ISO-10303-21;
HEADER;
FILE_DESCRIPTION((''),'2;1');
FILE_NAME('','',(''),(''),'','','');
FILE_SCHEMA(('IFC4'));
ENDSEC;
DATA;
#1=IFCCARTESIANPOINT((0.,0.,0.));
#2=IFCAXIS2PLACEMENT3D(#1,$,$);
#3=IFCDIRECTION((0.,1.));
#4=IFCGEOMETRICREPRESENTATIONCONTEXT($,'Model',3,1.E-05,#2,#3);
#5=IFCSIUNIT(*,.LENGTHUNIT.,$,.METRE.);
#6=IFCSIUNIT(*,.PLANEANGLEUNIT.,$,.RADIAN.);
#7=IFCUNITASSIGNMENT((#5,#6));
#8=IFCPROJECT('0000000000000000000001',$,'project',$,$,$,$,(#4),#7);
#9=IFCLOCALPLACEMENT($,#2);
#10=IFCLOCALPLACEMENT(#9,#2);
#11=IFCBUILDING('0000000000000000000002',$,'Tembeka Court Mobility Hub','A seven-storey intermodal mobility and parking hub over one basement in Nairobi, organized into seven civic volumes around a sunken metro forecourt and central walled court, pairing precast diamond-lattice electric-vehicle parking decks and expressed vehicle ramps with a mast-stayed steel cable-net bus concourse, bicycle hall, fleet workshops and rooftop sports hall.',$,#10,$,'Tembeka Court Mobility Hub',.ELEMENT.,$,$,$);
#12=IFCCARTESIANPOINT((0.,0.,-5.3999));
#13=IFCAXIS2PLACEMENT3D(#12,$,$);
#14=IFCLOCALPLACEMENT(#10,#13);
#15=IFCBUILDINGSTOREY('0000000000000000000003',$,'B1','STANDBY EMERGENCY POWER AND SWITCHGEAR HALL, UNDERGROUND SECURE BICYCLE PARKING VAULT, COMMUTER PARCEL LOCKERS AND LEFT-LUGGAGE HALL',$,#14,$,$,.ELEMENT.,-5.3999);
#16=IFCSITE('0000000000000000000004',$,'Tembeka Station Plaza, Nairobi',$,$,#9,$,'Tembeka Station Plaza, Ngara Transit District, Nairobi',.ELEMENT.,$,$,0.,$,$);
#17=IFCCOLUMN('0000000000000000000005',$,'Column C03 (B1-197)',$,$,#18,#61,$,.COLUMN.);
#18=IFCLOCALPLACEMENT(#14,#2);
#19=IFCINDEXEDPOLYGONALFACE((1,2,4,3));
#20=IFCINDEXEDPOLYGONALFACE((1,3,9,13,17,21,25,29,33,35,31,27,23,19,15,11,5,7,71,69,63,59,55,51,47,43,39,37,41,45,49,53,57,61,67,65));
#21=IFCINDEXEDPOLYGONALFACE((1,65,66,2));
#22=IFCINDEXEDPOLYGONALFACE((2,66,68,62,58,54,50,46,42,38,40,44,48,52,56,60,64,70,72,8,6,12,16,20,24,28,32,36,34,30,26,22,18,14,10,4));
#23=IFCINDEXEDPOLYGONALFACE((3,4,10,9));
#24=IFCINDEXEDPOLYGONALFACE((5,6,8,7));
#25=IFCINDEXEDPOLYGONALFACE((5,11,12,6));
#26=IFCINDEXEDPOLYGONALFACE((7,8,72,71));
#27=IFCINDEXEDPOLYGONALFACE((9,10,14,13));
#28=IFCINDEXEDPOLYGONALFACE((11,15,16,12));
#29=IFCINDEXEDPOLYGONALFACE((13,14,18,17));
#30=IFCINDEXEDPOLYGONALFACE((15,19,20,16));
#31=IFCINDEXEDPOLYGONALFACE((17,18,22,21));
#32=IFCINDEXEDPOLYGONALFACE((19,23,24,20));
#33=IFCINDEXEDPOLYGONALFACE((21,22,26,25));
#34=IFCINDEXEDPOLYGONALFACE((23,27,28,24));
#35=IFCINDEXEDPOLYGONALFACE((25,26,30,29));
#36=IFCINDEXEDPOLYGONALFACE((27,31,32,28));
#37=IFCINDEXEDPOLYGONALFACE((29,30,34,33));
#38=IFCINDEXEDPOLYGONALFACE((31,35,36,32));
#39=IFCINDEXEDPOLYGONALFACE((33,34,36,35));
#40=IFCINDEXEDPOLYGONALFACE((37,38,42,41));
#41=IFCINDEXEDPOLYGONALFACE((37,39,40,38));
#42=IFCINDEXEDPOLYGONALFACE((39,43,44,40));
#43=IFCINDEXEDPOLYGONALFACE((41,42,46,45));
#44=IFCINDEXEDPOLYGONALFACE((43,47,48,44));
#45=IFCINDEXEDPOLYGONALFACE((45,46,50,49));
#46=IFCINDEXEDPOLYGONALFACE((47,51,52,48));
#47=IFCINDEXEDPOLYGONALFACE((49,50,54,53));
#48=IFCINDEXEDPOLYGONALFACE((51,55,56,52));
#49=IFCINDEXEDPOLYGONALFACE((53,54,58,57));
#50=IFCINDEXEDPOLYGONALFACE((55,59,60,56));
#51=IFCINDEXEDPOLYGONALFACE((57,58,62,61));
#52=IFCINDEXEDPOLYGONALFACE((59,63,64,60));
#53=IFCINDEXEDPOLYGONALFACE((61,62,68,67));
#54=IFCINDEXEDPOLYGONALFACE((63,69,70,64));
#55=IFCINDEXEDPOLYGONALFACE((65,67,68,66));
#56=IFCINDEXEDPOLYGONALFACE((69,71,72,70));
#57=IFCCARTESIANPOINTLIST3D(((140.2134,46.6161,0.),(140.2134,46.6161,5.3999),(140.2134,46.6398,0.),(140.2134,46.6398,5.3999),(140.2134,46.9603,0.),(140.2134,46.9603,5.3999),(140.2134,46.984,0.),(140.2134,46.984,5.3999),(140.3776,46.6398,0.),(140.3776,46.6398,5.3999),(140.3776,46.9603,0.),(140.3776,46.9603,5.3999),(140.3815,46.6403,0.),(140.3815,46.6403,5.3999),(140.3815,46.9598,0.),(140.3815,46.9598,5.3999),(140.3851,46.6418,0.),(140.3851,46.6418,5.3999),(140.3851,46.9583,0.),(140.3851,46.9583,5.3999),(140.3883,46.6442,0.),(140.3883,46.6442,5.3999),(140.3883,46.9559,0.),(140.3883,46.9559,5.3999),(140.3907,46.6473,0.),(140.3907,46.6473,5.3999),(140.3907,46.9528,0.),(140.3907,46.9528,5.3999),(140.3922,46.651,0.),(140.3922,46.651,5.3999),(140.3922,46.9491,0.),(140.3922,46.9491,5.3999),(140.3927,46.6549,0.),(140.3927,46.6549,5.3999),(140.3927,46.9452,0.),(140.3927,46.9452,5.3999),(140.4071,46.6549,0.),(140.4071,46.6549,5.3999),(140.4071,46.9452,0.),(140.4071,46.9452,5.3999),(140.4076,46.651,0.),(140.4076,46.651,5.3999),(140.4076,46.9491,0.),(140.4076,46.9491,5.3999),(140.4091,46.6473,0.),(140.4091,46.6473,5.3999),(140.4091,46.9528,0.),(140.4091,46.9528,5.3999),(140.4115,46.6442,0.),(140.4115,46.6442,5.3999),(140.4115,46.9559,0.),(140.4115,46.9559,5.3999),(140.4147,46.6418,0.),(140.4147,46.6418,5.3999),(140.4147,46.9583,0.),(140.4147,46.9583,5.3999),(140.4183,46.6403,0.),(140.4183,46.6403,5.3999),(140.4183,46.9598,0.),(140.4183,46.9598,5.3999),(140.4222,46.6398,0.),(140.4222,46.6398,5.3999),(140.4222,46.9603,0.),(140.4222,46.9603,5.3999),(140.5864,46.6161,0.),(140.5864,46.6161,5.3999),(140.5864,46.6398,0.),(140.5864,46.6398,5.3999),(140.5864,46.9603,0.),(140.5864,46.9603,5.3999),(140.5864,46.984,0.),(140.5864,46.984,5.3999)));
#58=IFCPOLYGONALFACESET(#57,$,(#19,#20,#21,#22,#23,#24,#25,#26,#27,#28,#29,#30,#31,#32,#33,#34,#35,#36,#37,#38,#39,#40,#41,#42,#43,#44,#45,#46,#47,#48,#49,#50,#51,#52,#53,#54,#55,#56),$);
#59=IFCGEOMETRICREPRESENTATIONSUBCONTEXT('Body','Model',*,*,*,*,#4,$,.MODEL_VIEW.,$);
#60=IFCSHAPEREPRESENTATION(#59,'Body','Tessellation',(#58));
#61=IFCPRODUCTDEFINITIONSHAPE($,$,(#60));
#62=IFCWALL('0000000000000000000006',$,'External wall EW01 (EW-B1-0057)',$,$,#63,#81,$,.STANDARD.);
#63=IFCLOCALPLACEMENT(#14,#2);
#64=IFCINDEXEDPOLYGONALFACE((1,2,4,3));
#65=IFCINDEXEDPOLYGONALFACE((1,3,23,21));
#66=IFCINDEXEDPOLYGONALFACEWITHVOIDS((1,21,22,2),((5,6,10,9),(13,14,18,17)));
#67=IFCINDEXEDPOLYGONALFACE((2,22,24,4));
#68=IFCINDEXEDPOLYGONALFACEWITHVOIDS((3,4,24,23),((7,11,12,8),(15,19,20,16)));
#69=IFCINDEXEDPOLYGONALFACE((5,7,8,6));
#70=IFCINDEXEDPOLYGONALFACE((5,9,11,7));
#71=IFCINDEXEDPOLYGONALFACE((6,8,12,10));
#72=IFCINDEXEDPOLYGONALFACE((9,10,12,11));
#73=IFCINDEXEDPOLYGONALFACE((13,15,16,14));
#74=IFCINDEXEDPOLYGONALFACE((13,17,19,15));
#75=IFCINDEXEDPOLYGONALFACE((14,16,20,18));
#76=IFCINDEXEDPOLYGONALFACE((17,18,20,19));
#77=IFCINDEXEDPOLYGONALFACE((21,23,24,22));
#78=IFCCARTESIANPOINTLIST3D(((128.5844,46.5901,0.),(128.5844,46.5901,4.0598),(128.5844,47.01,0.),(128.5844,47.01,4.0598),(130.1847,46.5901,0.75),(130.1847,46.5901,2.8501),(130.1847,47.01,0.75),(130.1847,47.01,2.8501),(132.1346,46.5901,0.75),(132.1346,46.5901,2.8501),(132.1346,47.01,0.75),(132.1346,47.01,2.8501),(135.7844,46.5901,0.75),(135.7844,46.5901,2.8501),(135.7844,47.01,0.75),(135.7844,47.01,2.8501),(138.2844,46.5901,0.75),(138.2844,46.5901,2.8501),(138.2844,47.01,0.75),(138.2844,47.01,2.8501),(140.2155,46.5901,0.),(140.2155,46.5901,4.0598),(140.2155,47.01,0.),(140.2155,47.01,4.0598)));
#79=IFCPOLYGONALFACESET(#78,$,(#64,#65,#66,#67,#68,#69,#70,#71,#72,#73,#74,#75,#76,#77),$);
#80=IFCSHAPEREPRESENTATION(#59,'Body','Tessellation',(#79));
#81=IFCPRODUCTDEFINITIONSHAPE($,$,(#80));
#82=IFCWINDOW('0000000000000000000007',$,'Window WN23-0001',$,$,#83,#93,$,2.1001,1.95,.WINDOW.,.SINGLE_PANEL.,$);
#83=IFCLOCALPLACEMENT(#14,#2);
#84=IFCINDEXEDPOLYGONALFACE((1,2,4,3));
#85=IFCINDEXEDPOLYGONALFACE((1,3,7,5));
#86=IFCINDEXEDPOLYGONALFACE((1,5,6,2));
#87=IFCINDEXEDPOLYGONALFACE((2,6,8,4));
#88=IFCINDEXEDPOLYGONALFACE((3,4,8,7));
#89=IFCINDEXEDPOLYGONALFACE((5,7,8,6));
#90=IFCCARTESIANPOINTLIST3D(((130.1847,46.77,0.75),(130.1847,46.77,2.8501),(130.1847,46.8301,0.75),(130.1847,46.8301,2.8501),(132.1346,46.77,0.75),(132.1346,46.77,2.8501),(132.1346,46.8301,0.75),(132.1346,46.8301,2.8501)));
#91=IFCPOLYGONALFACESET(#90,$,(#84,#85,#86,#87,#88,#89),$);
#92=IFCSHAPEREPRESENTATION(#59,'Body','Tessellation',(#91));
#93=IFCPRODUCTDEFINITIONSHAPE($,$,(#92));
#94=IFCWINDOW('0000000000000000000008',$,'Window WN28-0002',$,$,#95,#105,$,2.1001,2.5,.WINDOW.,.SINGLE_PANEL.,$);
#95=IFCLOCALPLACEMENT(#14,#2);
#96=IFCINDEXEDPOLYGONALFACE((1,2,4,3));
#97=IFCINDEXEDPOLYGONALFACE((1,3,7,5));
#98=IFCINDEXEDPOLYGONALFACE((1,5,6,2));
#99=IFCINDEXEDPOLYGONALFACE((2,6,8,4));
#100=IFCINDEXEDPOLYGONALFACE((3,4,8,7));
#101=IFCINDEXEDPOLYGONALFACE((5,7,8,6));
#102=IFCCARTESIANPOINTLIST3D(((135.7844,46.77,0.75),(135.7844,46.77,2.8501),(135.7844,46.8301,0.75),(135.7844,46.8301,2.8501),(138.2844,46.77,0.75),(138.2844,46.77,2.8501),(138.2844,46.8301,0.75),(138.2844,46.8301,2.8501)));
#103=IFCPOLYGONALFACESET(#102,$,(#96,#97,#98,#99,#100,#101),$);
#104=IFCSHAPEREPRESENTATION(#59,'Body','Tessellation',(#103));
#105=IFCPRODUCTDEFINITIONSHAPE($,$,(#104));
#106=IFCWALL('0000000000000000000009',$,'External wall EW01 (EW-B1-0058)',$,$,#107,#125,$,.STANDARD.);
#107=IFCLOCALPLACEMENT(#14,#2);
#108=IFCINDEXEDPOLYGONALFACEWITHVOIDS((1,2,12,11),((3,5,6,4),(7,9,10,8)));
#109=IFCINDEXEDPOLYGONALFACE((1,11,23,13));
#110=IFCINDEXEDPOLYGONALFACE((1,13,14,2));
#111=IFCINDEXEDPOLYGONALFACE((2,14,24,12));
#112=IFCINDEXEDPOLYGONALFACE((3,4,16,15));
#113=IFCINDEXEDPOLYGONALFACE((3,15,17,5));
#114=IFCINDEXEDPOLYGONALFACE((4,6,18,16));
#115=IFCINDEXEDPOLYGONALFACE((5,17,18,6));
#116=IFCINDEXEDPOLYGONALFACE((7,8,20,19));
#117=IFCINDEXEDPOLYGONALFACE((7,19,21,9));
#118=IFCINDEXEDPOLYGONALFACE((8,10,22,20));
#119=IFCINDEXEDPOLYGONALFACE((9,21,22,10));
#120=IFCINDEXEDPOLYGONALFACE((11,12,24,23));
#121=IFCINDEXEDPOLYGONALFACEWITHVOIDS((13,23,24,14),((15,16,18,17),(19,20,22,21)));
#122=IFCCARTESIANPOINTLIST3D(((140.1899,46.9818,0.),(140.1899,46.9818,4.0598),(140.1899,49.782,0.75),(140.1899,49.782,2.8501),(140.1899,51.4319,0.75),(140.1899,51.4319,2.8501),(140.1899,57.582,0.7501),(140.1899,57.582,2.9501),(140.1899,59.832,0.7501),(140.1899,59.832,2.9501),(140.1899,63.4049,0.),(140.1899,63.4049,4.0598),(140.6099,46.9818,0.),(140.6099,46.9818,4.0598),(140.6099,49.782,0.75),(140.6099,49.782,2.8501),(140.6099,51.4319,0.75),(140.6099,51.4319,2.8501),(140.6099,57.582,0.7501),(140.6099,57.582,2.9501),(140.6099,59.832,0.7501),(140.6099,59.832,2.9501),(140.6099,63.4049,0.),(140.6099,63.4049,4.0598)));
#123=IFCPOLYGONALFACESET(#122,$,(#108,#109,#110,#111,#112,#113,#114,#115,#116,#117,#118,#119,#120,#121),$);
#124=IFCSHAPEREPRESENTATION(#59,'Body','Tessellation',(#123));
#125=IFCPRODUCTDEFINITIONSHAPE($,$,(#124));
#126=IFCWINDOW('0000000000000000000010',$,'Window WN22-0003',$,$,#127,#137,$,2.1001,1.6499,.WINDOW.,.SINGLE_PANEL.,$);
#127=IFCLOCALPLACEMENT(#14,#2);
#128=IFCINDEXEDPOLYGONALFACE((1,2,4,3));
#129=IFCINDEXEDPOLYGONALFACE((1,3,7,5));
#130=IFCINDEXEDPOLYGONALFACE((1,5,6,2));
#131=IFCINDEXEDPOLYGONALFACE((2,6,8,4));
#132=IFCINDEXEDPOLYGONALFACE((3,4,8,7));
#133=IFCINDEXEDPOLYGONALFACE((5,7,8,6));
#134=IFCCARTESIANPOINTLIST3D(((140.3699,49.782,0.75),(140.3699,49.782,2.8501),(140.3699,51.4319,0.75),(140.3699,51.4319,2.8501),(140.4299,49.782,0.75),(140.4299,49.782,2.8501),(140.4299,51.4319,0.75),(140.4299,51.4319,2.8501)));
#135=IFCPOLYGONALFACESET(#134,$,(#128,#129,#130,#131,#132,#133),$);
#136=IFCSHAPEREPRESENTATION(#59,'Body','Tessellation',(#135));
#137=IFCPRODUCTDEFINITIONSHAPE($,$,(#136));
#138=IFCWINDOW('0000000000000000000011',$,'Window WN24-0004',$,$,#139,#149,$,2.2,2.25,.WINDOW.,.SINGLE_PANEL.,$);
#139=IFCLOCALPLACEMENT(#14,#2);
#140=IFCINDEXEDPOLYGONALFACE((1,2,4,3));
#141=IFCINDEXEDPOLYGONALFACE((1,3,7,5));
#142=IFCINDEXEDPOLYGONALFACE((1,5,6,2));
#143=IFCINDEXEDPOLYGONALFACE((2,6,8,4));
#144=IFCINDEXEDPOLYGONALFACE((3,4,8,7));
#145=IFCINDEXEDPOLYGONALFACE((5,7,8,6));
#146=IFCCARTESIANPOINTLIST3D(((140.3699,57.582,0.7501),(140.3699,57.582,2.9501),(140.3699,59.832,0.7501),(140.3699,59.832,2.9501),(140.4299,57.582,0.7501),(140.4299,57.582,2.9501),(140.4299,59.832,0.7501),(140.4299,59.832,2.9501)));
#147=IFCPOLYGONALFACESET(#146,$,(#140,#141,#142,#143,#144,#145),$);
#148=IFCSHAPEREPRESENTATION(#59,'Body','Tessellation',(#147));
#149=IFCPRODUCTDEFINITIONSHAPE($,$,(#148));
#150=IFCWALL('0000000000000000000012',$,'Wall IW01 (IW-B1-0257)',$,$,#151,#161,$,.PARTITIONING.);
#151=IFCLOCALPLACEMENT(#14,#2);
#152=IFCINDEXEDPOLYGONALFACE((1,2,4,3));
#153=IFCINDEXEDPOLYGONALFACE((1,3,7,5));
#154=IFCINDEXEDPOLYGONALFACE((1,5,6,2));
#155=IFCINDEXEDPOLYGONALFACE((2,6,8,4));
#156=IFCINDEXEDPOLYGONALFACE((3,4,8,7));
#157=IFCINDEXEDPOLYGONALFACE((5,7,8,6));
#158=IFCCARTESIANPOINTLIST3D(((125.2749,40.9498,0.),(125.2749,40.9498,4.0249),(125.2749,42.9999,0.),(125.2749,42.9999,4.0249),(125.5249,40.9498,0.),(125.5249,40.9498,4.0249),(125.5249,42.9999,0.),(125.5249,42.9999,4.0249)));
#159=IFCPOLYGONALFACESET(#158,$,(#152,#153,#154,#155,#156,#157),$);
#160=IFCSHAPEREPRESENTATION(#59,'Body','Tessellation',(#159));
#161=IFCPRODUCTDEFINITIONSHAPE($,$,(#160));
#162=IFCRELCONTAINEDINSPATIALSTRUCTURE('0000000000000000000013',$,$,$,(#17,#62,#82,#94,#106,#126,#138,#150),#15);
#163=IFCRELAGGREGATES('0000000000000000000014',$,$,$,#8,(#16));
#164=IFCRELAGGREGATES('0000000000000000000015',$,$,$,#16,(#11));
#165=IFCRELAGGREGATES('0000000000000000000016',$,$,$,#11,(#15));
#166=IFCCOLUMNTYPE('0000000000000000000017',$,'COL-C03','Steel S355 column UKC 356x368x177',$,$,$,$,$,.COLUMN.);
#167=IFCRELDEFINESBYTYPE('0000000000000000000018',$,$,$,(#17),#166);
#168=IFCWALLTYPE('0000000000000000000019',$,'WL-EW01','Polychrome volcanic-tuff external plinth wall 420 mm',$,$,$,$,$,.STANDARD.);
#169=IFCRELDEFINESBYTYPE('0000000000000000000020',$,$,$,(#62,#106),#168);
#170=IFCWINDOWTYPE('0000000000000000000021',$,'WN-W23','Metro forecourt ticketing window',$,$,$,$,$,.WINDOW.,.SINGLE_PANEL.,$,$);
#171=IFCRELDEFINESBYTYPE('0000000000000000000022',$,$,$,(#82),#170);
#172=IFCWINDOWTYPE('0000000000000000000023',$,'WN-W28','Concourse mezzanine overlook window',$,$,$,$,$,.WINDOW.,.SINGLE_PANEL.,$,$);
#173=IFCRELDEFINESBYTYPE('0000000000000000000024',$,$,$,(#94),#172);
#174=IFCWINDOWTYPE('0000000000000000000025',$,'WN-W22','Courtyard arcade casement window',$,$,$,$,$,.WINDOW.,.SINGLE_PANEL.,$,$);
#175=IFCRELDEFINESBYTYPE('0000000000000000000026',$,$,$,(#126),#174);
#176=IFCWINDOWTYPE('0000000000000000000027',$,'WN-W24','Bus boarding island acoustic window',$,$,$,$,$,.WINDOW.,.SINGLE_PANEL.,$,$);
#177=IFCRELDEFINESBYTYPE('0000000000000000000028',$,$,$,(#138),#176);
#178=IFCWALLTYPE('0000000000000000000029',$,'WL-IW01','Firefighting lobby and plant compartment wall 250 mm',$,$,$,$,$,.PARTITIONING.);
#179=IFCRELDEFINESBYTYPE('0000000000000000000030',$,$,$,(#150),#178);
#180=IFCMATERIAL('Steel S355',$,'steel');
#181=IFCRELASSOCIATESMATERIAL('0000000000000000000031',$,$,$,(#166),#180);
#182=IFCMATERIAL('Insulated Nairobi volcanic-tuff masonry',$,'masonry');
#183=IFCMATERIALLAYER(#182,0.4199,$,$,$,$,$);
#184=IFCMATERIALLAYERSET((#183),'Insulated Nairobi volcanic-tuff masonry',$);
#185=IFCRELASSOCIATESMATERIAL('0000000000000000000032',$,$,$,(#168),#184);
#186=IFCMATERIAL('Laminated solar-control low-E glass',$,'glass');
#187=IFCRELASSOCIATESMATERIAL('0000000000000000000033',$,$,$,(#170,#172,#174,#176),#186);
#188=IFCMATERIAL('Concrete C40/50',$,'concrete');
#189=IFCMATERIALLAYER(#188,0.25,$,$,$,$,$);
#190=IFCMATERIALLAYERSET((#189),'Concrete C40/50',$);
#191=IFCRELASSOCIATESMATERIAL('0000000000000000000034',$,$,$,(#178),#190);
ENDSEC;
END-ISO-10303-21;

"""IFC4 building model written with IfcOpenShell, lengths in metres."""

from ifc_helpers import new_model, si_unit, direction, frame, frame_2d, origin, origin_2d, place, context, subcontext, project, spatial, rectangle, i_section, extrude, material, layer, layer_set, material_profile, profile_set, type_object, element, fill, save


model = new_model("IFC4")

# Units and contexts
model_context = context("Model", 3, precision=1e-05, world=origin(), true_north=direction((0.0, 1.0)))
body_context = subcontext(model_context, "Body", "Model", "MODEL_VIEW")
ifc_project = project(units=[si_unit("LENGTHUNIT", "METRE"), si_unit("PLANEANGLEUNIT", "RADIAN")], contexts=[model_context])

# Site, building, storey
site_placement = place(None, origin())
site = spatial("IfcSite", under=ifc_project, at=site_placement, Name="Tembeka Station Plaza, Nairobi", LongName="Tembeka Station Plaza, Ngara Transit District, Nairobi", CompositionType="ELEMENT", RefElevation=0.0)
building_placement = place(site_placement, origin())
building = spatial("IfcBuilding", under=site, at=building_placement, Name="Tembeka Court Mobility Hub", Description="A seven-storey intermodal mobility and parking hub over one basement in Nairobi, organized into seven civic volumes around a sunken metro forecourt and central walled court, pairing precast diamond-lattice electric-vehicle parking decks and expressed vehicle ramps with a mast-stayed steel cable-net bus concourse, bicycle hall, fleet workshops and rooftop sports hall.", LongName="Tembeka Court Mobility Hub", CompositionType="ELEMENT")
storey_placement = place(building_placement, frame((0.0, 0.0, -5.3999)))
storey = spatial("IfcBuildingStorey", under=building, at=storey_placement, Name="B1", Description="STANDBY EMERGENCY POWER AND SWITCHGEAR HALL, UNDERGROUND SECURE BICYCLE PARKING VAULT, COMMUTER PARCEL LOCKERS AND LEFT-LUGGAGE HALL", CompositionType="ELEMENT", Elevation=-5.3999)

# Shared definitions
ifc_material_1 = material(Name="Concrete C40/50", Category="concrete")

# Column
ifc_material_2 = material(Name="Steel S355", Category="steel")
ifc_material_profile_1 = material_profile(ifc_material_2, i_section(OverallWidth=0.373, OverallDepth=0.3679, WebThickness=0.0144, FlangeThickness=0.0237, FilletRadius=0.0151, at=origin_2d()), Name="UKC 356x368x177")
ifc_profile_set_1 = profile_set([ifc_material_profile_1], Name="Steel S355")
column_type = type_object("IfcColumnType", Name="COL-C03", Description="Steel S355 column UKC 356x368x177", PredefinedType="COLUMN", material=ifc_profile_set_1)
for number, where, z_axis, x_axis, name in (
    (1, (140.3999, 46.8, 0.0), (0.0, 0.0, 1.0), (1.0, 0.0, 0.0), "Column C03 (B1-197)"),
):
    element("IfcColumn", number, at=place(storey_placement, frame(where, z_axis=z_axis, x_axis=x_axis)), inside=storey, type_object=column_type, Name=name, PredefinedType="COLUMN", context=body_context, shape_type="SweptSolid", body=[
        extrude(i_section(OverallWidth=0.373, OverallDepth=0.3679, WebThickness=0.0144, FlangeThickness=0.0237, FilletRadius=0.0151, at=origin_2d()), origin(), (0.0, 0.0, 1.0), 5.3999),
    ])

# Walls, openings, windows
ifc_material_3 = material(Name="Insulated Nairobi volcanic-tuff masonry", Category="masonry")
ifc_layer_1 = layer(ifc_material_3, 0.4199)
ifc_layer_set_1 = layer_set([ifc_layer_1], Name="Insulated Nairobi volcanic-tuff masonry")
wall_type_1 = type_object("IfcWallType", Name="WL-EW01", Description="Polychrome volcanic-tuff external plinth wall 420 mm", PredefinedType="STANDARD", material=ifc_layer_set_1)
wall_1_placement = place(storey_placement, frame((128.5845, 46.8, 0.0), z_axis=(0.0, 0.0, 1.0), x_axis=(1.0, 0.0, 0.0)))
wall_1 = element("IfcWall", 2, at=wall_1_placement, inside=storey, type_object=wall_type_1, Name="External wall EW01 (EW-B1-0057)", PredefinedType="STANDARD", context=body_context, shape_type="SweptSolid", body=[
    extrude(rectangle(XDim=11.6311, YDim=0.4199, at=frame_2d((5.8154, 0.0))), origin(), (0.0, 0.0, 1.0), 4.0598),
])
opening_1_placement = place(wall_1_placement, frame((1.6001, 0.0, 0.75)))
opening_1 = element("IfcOpeningElement", 3, at=opening_1_placement, cuts=wall_1, PredefinedType="OPENING", context=body_context, shape_type="SweptSolid", body=[
    extrude(rectangle(XDim=1.95, YDim=2.1001, at=frame_2d((0.9751, 1.05))), frame((0.0, 0.22, 0.0), z_axis=(0.0, -1.0, 0.0), x_axis=(1.0, 0.0, 0.0)), (0.0, 0.0, 1.0), 0.4399),
])
opening_2_placement = place(wall_1_placement, frame((7.2, 0.0, 0.75)))
opening_2 = element("IfcOpeningElement", 4, at=opening_2_placement, cuts=wall_1, PredefinedType="OPENING", context=body_context, shape_type="SweptSolid", body=[
    extrude(rectangle(XDim=2.5, YDim=2.1001, at=frame_2d((1.25, 1.05))), frame((0.0, 0.22, 0.0), z_axis=(0.0, -1.0, 0.0), x_axis=(1.0, 0.0, 0.0)), (0.0, 0.0, 1.0), 0.4399),
])
ifc_material_4 = material(Name="Laminated solar-control low-E glass", Category="glass")
window_type_1 = type_object("IfcWindowType", Name="WN-W23", Description="Metro forecourt ticketing window", PartitioningType="SINGLE_PANEL", PredefinedType="WINDOW", material=ifc_material_4)
window_1_placement = place(opening_1_placement, origin())
window_1 = element("IfcWindow", 5, at=window_1_placement, inside=storey, type_object=window_type_1, Name="Window WN23-0001", OverallHeight=2.1001, OverallWidth=1.95, PartitioningType="SINGLE_PANEL", PredefinedType="WINDOW", context=body_context, shape_type="SweptSolid", body=[
    extrude(rectangle(XDim=1.95, YDim=2.1001, at=frame_2d((0.9751, 1.05))), frame((0.0, 0.03, 0.0), z_axis=(0.0, -1.0, 0.0), x_axis=(1.0, 0.0, 0.0)), (0.0, 0.0, 1.0), 0.0601),
])
fill(opening_1, window_1)
window_type_2 = type_object("IfcWindowType", Name="WN-W28", Description="Concourse mezzanine overlook window", PartitioningType="SINGLE_PANEL", PredefinedType="WINDOW", material=ifc_material_4)
window_2_placement = place(opening_2_placement, origin())
window_2 = element("IfcWindow", 6, at=window_2_placement, inside=storey, type_object=window_type_2, Name="Window WN28-0002", OverallHeight=2.1001, OverallWidth=2.5, PartitioningType="SINGLE_PANEL", PredefinedType="WINDOW", context=body_context, shape_type="SweptSolid", body=[
    extrude(rectangle(XDim=2.5, YDim=2.1001, at=frame_2d((1.25, 1.05))), frame((0.0, 0.03, 0.0), z_axis=(0.0, -1.0, 0.0), x_axis=(1.0, 0.0, 0.0)), (0.0, 0.0, 1.0), 0.0601),
])
fill(opening_2, window_2)
wall_2_placement = place(storey_placement, frame((140.3999, 46.9819, 0.0), z_axis=(0.0, 0.0, 1.0), x_axis=(0.0, 1.0, 0.0)))
wall_2 = element("IfcWall", 7, at=wall_2_placement, inside=storey, type_object=wall_type_1, Name="External wall EW01 (EW-B1-0058)", PredefinedType="STANDARD", context=body_context, shape_type="SweptSolid", body=[
    extrude(rectangle(XDim=16.4231, YDim=0.4199, at=frame_2d((8.2114, 0.0))), origin(), (0.0, 0.0, 1.0), 4.0598),
])
opening_3_placement = place(wall_2_placement, frame((2.8, 0.0, 0.75)))
opening_3 = element("IfcOpeningElement", 8, at=opening_3_placement, cuts=wall_2, PredefinedType="OPENING", context=body_context, shape_type="SweptSolid", body=[
    extrude(rectangle(XDim=1.6499, YDim=2.1001, at=frame_2d((0.825, 1.05))), frame((0.0, 0.22, 0.0), z_axis=(0.0, -1.0, 0.0), x_axis=(1.0, 0.0, 0.0)), (0.0, 0.0, 1.0), 0.4399),
])
opening_4_placement = place(wall_2_placement, frame((10.6001, 0.0, 0.75)))
opening_4 = element("IfcOpeningElement", 9, at=opening_4_placement, cuts=wall_2, PredefinedType="OPENING", context=body_context, shape_type="SweptSolid", body=[
    extrude(rectangle(XDim=2.25, YDim=2.2, at=frame_2d((1.125, 1.1001))), frame((0.0, 0.22, 0.0), z_axis=(0.0, -1.0, 0.0), x_axis=(1.0, 0.0, 0.0)), (0.0, 0.0, 1.0), 0.4399),
])
window_type_3 = type_object("IfcWindowType", Name="WN-W22", Description="Courtyard arcade casement window", PartitioningType="SINGLE_PANEL", PredefinedType="WINDOW", material=ifc_material_4)
window_3_placement = place(opening_3_placement, origin())
window_3 = element("IfcWindow", 10, at=window_3_placement, inside=storey, type_object=window_type_3, Name="Window WN22-0003", OverallHeight=2.1001, OverallWidth=1.6499, PartitioningType="SINGLE_PANEL", PredefinedType="WINDOW", context=body_context, shape_type="SweptSolid", body=[
    extrude(rectangle(XDim=1.6499, YDim=2.1001, at=frame_2d((0.825, 1.05))), frame((0.0, 0.03, 0.0), z_axis=(0.0, -1.0, 0.0), x_axis=(1.0, 0.0, 0.0)), (0.0, 0.0, 1.0), 0.0601),
])
fill(opening_3, window_3)
window_type_4 = type_object("IfcWindowType", Name="WN-W24", Description="Bus boarding island acoustic window", PartitioningType="SINGLE_PANEL", PredefinedType="WINDOW", material=ifc_material_4)
window_4_placement = place(opening_4_placement, origin())
window_4 = element("IfcWindow", 11, at=window_4_placement, inside=storey, type_object=window_type_4, Name="Window WN24-0004", OverallHeight=2.2, OverallWidth=2.25, PartitioningType="SINGLE_PANEL", PredefinedType="WINDOW", context=body_context, shape_type="SweptSolid", body=[
    extrude(rectangle(XDim=2.25, YDim=2.2, at=frame_2d((1.125, 1.1001))), frame((0.0, 0.03, 0.0), z_axis=(0.0, -1.0, 0.0), x_axis=(1.0, 0.0, 0.0)), (0.0, 0.0, 1.0), 0.0601),
])
fill(opening_4, window_4)

# Wall
ifc_layer_2 = layer(ifc_material_1, 0.25)
ifc_layer_set_2 = layer_set([ifc_layer_2], Name="Concrete C40/50")
wall_type_2 = type_object("IfcWallType", Name="WL-IW01", Description="Firefighting lobby and plant compartment wall 250 mm", PredefinedType="PARTITIONING", material=ifc_layer_set_2)
wall_3_placement = place(storey_placement, frame((125.3999, 40.95, 0.0), z_axis=(0.0, 0.0, 1.0), x_axis=(0.0, 1.0, 0.0)))
element("IfcWall", 12, at=wall_3_placement, inside=storey, type_object=wall_type_2, Name="Wall IW01 (IW-B1-0257)", PredefinedType="PARTITIONING", context=body_context, shape_type="SweptSolid", body=[
    extrude(rectangle(XDim=2.05, YDim=0.25, at=frame_2d((1.0249, 0.0))), origin(), (0.0, 0.0, 1.0), 4.0249),
])

save(model, "model.ifc")
